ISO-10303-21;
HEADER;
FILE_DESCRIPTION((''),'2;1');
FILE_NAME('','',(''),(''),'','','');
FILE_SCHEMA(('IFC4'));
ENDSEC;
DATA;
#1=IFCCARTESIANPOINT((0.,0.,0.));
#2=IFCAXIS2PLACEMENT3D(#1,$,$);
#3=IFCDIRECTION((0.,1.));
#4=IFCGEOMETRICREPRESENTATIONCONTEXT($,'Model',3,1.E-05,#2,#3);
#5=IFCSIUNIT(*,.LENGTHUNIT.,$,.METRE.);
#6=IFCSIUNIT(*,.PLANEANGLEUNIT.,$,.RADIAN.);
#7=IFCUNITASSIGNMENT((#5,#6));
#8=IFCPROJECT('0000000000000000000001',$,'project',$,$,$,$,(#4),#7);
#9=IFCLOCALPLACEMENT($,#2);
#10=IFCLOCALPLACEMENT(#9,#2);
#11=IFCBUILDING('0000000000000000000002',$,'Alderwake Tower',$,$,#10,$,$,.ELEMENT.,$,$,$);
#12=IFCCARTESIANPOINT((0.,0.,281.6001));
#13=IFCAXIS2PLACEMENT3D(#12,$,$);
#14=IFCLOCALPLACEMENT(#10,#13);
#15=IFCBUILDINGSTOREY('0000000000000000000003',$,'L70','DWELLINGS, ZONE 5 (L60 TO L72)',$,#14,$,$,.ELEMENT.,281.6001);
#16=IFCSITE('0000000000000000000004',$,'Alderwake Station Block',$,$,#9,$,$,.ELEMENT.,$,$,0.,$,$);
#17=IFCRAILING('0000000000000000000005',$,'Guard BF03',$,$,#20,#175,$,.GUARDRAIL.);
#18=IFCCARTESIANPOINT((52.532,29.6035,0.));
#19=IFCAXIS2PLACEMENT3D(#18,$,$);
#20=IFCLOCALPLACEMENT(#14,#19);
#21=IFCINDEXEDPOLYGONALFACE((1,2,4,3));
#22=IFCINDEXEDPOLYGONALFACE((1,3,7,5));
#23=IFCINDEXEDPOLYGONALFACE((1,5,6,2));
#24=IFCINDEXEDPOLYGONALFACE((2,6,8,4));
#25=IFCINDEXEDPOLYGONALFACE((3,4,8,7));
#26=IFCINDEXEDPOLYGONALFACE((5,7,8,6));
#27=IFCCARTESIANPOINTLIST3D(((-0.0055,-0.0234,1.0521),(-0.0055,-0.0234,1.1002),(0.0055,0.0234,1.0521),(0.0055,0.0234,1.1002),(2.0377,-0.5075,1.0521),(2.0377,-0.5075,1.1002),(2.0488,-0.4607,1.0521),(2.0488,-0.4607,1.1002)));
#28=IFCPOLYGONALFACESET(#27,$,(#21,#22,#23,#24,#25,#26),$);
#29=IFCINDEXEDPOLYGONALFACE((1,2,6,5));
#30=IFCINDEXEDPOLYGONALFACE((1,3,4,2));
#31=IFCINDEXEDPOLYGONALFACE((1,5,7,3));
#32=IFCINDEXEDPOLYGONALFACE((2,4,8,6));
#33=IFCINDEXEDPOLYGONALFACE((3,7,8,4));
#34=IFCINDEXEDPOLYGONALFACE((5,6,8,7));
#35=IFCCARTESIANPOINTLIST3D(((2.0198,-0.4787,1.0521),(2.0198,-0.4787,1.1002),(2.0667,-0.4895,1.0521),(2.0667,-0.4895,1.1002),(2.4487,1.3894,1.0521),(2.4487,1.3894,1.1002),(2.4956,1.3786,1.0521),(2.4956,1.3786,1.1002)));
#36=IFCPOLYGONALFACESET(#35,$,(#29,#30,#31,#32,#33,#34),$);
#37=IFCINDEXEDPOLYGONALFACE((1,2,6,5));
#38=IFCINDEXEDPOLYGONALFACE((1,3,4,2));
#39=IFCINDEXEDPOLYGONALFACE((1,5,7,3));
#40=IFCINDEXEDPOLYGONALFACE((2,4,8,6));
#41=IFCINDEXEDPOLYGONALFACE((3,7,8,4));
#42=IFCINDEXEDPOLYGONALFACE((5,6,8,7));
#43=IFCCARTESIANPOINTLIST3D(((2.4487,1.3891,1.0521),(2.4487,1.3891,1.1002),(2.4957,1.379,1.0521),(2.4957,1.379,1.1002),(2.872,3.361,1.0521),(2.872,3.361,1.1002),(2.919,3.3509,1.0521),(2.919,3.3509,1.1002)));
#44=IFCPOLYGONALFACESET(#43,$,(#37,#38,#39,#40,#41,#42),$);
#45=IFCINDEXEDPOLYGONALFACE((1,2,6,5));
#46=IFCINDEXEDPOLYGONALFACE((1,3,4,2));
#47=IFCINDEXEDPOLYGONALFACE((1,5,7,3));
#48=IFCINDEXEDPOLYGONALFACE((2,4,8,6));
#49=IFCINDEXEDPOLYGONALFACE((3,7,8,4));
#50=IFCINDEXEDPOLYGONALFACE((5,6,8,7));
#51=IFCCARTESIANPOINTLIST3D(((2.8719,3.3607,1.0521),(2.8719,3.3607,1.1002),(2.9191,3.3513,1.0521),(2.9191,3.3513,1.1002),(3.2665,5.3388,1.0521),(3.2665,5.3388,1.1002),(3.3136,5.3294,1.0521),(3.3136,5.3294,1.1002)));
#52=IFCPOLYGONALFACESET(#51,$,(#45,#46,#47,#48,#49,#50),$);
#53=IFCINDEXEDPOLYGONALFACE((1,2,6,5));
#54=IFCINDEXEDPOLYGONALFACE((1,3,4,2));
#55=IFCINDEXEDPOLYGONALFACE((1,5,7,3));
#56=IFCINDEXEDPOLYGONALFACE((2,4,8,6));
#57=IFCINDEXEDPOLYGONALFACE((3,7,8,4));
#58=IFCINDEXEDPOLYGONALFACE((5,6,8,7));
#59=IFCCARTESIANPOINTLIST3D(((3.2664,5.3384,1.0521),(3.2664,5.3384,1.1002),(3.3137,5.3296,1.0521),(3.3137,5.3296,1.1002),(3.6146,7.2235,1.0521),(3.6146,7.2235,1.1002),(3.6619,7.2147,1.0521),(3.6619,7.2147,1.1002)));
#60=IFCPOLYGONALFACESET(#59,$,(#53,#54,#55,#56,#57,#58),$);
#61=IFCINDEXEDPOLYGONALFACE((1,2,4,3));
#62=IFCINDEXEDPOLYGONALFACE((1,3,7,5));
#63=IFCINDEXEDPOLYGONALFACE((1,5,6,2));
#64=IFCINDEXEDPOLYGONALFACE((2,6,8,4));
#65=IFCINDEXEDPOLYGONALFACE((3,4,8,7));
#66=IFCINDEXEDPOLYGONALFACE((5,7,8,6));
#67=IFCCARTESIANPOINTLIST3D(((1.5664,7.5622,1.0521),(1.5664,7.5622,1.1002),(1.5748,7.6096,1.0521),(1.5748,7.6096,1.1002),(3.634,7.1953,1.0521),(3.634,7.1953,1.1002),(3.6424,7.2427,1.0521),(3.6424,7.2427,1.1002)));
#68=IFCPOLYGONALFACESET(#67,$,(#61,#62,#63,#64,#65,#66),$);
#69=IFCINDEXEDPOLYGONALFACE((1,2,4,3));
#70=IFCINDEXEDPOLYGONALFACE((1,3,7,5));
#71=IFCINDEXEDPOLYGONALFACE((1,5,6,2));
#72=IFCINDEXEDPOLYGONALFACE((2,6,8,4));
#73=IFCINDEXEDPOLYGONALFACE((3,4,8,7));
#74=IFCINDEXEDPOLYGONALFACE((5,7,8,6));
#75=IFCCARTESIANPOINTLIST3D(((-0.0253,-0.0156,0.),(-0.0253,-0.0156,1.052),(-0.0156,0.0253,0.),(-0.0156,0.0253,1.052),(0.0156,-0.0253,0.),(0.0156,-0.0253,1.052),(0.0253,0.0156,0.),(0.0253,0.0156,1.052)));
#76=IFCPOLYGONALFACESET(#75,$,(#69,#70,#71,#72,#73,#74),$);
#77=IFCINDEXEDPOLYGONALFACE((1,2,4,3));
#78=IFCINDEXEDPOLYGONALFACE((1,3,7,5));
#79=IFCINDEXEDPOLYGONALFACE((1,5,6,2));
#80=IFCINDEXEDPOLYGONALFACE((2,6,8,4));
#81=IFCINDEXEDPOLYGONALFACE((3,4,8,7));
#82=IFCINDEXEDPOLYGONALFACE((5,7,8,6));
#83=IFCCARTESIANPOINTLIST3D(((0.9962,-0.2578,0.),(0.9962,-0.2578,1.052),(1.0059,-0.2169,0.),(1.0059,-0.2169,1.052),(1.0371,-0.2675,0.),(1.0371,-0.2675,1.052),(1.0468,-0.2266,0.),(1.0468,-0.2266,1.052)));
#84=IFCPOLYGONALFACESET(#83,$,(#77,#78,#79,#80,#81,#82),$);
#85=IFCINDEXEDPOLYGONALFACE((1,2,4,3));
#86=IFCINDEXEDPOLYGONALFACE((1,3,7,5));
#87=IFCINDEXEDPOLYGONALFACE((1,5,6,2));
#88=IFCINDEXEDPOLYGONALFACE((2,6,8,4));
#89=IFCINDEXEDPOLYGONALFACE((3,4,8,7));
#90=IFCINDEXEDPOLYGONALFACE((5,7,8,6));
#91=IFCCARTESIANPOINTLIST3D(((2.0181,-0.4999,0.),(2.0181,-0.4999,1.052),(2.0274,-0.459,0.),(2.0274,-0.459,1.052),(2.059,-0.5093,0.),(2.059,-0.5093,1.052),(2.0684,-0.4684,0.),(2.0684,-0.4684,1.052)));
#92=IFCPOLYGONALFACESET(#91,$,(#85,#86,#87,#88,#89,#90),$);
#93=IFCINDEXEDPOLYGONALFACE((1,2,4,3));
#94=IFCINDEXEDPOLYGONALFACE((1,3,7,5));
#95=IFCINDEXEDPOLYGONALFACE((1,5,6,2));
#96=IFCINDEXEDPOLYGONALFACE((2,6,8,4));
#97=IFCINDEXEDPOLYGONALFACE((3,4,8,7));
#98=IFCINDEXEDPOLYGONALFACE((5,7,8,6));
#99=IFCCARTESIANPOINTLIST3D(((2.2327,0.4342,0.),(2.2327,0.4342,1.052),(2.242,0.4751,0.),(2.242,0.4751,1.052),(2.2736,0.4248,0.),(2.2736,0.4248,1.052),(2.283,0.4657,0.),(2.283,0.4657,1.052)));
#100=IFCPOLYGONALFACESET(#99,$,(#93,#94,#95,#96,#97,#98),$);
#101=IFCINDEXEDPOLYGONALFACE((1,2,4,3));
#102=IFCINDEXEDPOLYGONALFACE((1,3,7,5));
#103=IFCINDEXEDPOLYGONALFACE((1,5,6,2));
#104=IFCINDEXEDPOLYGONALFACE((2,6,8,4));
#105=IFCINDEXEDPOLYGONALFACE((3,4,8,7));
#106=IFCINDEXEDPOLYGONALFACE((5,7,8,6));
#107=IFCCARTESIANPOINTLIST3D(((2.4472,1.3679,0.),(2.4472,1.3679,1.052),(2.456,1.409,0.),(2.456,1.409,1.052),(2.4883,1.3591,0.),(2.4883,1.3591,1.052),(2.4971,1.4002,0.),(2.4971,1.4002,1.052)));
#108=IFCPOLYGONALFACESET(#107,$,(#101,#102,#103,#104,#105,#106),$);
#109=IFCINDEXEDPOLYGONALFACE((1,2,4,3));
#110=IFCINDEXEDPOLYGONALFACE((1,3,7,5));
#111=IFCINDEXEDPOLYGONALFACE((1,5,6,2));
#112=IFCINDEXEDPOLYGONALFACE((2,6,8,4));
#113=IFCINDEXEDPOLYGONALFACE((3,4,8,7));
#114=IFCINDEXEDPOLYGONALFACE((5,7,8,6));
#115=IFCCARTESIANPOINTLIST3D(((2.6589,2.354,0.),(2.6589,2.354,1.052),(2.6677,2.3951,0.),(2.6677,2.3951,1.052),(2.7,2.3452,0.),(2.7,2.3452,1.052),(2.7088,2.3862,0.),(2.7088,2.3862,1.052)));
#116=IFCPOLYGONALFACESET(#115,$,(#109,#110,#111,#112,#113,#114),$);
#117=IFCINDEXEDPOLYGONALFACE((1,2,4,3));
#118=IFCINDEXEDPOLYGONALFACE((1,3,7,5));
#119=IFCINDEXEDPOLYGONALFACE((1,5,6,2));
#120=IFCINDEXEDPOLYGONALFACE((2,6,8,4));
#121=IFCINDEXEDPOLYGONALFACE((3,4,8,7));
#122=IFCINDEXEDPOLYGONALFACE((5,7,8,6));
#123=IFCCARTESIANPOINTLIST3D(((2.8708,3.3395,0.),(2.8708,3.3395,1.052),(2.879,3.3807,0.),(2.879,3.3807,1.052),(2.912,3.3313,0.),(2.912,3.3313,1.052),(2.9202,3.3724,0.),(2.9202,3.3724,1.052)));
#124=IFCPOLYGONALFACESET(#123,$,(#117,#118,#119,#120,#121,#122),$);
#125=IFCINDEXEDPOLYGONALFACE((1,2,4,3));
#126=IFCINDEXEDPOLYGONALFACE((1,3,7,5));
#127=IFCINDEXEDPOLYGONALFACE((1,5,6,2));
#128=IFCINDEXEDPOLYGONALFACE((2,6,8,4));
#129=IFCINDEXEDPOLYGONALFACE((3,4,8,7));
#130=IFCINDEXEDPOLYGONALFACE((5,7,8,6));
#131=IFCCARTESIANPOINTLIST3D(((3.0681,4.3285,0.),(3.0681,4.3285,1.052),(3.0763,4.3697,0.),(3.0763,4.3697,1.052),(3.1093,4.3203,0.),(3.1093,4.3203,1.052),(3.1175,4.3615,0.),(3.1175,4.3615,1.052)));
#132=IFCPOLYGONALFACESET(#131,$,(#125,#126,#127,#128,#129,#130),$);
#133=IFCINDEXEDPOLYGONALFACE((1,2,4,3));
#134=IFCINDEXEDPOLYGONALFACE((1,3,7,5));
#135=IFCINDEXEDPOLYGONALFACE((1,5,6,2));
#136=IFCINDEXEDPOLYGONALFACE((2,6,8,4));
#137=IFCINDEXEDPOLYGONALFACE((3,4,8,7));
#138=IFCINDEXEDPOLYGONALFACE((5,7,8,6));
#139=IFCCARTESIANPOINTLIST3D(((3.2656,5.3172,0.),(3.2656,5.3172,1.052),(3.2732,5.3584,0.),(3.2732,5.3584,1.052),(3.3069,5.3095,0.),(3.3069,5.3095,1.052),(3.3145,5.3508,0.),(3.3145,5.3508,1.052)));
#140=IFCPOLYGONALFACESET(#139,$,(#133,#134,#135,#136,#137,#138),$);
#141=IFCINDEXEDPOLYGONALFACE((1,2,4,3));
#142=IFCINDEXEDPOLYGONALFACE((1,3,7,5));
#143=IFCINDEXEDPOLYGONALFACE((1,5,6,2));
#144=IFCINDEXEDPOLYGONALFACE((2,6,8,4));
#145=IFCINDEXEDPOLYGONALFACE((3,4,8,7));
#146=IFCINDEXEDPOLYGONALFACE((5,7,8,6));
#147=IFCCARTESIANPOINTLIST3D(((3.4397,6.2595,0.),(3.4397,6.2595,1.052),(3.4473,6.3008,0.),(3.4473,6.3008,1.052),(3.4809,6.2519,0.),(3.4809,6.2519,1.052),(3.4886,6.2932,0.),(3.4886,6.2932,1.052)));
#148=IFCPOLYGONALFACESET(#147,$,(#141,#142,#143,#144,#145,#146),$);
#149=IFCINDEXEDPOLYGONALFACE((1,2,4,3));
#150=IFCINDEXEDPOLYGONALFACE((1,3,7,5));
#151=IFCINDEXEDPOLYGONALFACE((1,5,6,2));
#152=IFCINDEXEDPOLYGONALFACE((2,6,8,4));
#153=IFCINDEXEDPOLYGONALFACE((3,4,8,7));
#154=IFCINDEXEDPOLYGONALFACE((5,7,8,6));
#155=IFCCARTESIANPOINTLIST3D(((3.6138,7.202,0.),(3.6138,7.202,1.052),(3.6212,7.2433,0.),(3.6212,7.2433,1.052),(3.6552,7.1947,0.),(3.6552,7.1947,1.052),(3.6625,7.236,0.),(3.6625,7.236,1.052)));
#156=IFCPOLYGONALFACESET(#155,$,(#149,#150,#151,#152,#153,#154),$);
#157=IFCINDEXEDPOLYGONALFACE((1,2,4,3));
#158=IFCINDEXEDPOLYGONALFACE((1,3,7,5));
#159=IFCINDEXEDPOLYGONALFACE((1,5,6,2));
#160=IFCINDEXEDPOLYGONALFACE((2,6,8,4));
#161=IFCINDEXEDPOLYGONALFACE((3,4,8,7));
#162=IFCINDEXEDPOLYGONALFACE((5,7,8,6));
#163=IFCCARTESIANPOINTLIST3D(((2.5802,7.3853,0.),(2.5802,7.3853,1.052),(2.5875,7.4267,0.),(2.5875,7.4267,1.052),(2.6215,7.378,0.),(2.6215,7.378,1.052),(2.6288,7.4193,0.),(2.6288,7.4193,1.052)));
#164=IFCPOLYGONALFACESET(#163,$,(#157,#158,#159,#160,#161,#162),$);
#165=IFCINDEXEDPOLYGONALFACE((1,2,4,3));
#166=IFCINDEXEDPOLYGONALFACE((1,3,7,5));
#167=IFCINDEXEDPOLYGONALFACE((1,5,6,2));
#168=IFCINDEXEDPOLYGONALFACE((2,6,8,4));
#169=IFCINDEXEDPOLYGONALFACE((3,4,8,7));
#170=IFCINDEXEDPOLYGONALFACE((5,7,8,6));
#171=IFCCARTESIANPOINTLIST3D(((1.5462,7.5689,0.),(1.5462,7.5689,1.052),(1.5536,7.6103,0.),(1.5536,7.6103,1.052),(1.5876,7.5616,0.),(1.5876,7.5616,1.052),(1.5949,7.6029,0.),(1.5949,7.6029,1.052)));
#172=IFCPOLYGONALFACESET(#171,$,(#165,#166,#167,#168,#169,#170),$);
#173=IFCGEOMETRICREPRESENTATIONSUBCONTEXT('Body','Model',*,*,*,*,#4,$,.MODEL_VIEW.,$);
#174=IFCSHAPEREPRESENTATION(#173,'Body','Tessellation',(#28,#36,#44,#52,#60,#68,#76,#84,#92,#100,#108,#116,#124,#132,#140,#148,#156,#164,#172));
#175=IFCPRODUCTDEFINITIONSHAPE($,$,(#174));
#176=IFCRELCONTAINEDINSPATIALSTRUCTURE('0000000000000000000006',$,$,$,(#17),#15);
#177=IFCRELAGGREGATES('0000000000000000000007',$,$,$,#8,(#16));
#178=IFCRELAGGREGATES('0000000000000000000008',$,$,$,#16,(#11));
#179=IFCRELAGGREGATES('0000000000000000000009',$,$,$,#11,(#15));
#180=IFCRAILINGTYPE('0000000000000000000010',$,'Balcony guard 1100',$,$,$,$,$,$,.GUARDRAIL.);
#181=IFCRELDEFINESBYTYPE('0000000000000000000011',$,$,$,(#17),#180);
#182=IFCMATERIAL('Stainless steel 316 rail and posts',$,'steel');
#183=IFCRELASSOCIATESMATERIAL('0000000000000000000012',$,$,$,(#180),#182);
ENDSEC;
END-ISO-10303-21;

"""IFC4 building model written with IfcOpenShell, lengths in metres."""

from ifc_helpers import new_model, si_unit, direction, frame, origin, origin_2d, place, context, subcontext, project, spatial, rectangle, extrude, material, type_object, element, save


model = new_model("IFC4")

# Units and contexts
model_context = context("Model", 3, precision=1e-05, world=origin(), true_north=direction((0.0, 1.0)))
body_context = subcontext(model_context, "Body", "Model", "MODEL_VIEW")
ifc_project = project(units=[si_unit("LENGTHUNIT", "METRE"), si_unit("PLANEANGLEUNIT", "RADIAN")], contexts=[model_context])

# Site, building, storey
site_placement = place(None, origin())
site = spatial("IfcSite", under=ifc_project, at=site_placement, Name="Alderwake Station Block", CompositionType="ELEMENT", RefElevation=0.0)
building_placement = place(site_placement, origin())
building = spatial("IfcBuilding", under=site, at=building_placement, Name="Alderwake Tower", CompositionType="ELEMENT")
storey_placement = place(building_placement, frame((0.0, 0.0, 281.6001)))
storey = spatial("IfcBuildingStorey", under=building, at=storey_placement, Name="L70", Description="DWELLINGS, ZONE 5 (L60 TO L72)", CompositionType="ELEMENT", Elevation=281.6001)

# Railing
ifc_material_1 = material(Name="Stainless steel 316 rail and posts", Category="steel")
railing_type = type_object("IfcRailingType", Name="Balcony guard 1100", PredefinedType="GUARDRAIL", material=ifc_material_1)
railing_placement = place(storey_placement, frame((52.532, 29.6035, 0.0)))
element("IfcRailing", 1, at=railing_placement, inside=storey, type_object=railing_type, Name="Guard BF03", PredefinedType="GUARDRAIL", context=body_context, shape_type="SweptSolid", body=[
    extrude(rectangle(XDim=0.0481, YDim=0.0481, at=origin_2d()), frame((0.0, 0.0, 1.0762), z_axis=(0.973058, -0.230562, 0.0), x_axis=(0.230562, 0.973058, 0.0)), (0.0, 0.0, 1.0), 2.0999),
    extrude(rectangle(XDim=0.0481, YDim=0.0481, at=origin_2d()), frame((2.0432, -0.4841, 1.0762), z_axis=(0.22379, 0.974637, 0.0), x_axis=(-0.974637, 0.22379, 0.0)), (0.0, 0.0, 1.0), 1.9167),
    extrude(rectangle(XDim=0.0481, YDim=0.0481, at=origin_2d()), frame((2.4722, 1.384, 1.0762), z_axis=(0.209901, 0.977723, 0.0), x_axis=(-0.977723, 0.209901, 0.0)), (0.0, 0.0, 1.0), 2.0168),
    extrude(rectangle(XDim=0.0481, YDim=0.0481, at=origin_2d()), frame((2.8955, 3.356, 1.0762), z_axis=(0.195604, 0.980683, 0.0), x_axis=(-0.980683, 0.195604, 0.0)), (0.0, 0.0, 1.0), 2.0171),
    extrude(rectangle(XDim=0.0481, YDim=0.0481, at=origin_2d()), frame((3.29, 5.334, 1.0762), z_axis=(0.181619, 0.983369, 0.0), x_axis=(-0.983369, 0.181619, 0.0)), (0.0, 0.0, 1.0), 1.917),
    extrude(rectangle(XDim=0.0481, YDim=0.0481, at=origin_2d()), frame((3.6382, 7.219, 1.0762), z_axis=(-0.984615, 0.17474, 0.0), x_axis=(-0.17474, -0.984615, 0.0)), (0.0, 0.0, 1.0), 2.0999),
    extrude(rectangle(XDim=0.042, YDim=0.042, at=origin_2d()), frame((0.0, 0.0, 0.0), z_axis=(0.0, 0.0, 1.0), x_axis=(0.973058, -0.230562, 0.0)), (0.0, 0.0, 1.0), 1.052),
    extrude(rectangle(XDim=0.042, YDim=0.042, at=origin_2d()), frame((1.0215, -0.2422, 0.0), z_axis=(0.0, 0.0, 1.0), x_axis=(0.973058, -0.230562, 0.0)), (0.0, 0.0, 1.0), 1.052),
    extrude(rectangle(XDim=0.042, YDim=0.042, at=origin_2d()), frame((2.0432, -0.4841, 0.0), z_axis=(0.0, 0.0, 1.0), x_axis=(0.22379, 0.974637, 0.0)), (0.0, 0.0, 1.0), 1.052),
    extrude(rectangle(XDim=0.042, YDim=0.042, at=origin_2d()), frame((2.2578, 0.45, 0.0), z_axis=(0.0, 0.0, 1.0), x_axis=(0.22379, 0.974637, 0.0)), (0.0, 0.0, 1.0), 1.052),
    extrude(rectangle(XDim=0.042, YDim=0.042, at=origin_2d()), frame((2.4722, 1.384, 0.0), z_axis=(0.0, 0.0, 1.0), x_axis=(0.209901, 0.977723, 0.0)), (0.0, 0.0, 1.0), 1.052),
    extrude(rectangle(XDim=0.042, YDim=0.042, at=origin_2d()), frame((2.6838, 2.3701, 0.0), z_axis=(0.0, 0.0, 1.0), x_axis=(0.209901, 0.977723, 0.0)), (0.0, 0.0, 1.0), 1.052),
    extrude(rectangle(XDim=0.042, YDim=0.042, at=origin_2d()), frame((2.8955, 3.356, 0.0), z_axis=(0.0, 0.0, 1.0), x_axis=(0.195604, 0.980683, 0.0)), (0.0, 0.0, 1.0), 1.052),
    extrude(rectangle(XDim=0.042, YDim=0.042, at=origin_2d()), frame((3.0928, 4.345, 0.0), z_axis=(0.0, 0.0, 1.0), x_axis=(0.195604, 0.980683, 0.0)), (0.0, 0.0, 1.0), 1.052),
    extrude(rectangle(XDim=0.042, YDim=0.042, at=origin_2d()), frame((3.29, 5.334, 0.0), z_axis=(0.0, 0.0, 1.0), x_axis=(0.181619, 0.983369, 0.0)), (0.0, 0.0, 1.0), 1.052),
    extrude(rectangle(XDim=0.042, YDim=0.042, at=origin_2d()), frame((3.4641, 6.2764, 0.0), z_axis=(0.0, 0.0, 1.0), x_axis=(0.181619, 0.983369, 0.0)), (0.0, 0.0, 1.0), 1.052),
    extrude(rectangle(XDim=0.042, YDim=0.042, at=origin_2d()), frame((3.6382, 7.219, 0.0), z_axis=(0.0, 0.0, 1.0), x_axis=(-0.984615, 0.17474, 0.0)), (0.0, 0.0, 1.0), 1.052),
    extrude(rectangle(XDim=0.042, YDim=0.042, at=origin_2d()), frame((2.6045, 7.4023, 0.0), z_axis=(0.0, 0.0, 1.0), x_axis=(-0.984615, 0.17474, 0.0)), (0.0, 0.0, 1.0), 1.052),
    extrude(rectangle(XDim=0.042, YDim=0.042, at=origin_2d()), frame((1.5706, 7.5859, 0.0), z_axis=(0.0, 0.0, 1.0), x_axis=(-0.984615, 0.17474, 0.0)), (0.0, 0.0, 1.0), 1.052),
])

save(model, "model.ifc")
